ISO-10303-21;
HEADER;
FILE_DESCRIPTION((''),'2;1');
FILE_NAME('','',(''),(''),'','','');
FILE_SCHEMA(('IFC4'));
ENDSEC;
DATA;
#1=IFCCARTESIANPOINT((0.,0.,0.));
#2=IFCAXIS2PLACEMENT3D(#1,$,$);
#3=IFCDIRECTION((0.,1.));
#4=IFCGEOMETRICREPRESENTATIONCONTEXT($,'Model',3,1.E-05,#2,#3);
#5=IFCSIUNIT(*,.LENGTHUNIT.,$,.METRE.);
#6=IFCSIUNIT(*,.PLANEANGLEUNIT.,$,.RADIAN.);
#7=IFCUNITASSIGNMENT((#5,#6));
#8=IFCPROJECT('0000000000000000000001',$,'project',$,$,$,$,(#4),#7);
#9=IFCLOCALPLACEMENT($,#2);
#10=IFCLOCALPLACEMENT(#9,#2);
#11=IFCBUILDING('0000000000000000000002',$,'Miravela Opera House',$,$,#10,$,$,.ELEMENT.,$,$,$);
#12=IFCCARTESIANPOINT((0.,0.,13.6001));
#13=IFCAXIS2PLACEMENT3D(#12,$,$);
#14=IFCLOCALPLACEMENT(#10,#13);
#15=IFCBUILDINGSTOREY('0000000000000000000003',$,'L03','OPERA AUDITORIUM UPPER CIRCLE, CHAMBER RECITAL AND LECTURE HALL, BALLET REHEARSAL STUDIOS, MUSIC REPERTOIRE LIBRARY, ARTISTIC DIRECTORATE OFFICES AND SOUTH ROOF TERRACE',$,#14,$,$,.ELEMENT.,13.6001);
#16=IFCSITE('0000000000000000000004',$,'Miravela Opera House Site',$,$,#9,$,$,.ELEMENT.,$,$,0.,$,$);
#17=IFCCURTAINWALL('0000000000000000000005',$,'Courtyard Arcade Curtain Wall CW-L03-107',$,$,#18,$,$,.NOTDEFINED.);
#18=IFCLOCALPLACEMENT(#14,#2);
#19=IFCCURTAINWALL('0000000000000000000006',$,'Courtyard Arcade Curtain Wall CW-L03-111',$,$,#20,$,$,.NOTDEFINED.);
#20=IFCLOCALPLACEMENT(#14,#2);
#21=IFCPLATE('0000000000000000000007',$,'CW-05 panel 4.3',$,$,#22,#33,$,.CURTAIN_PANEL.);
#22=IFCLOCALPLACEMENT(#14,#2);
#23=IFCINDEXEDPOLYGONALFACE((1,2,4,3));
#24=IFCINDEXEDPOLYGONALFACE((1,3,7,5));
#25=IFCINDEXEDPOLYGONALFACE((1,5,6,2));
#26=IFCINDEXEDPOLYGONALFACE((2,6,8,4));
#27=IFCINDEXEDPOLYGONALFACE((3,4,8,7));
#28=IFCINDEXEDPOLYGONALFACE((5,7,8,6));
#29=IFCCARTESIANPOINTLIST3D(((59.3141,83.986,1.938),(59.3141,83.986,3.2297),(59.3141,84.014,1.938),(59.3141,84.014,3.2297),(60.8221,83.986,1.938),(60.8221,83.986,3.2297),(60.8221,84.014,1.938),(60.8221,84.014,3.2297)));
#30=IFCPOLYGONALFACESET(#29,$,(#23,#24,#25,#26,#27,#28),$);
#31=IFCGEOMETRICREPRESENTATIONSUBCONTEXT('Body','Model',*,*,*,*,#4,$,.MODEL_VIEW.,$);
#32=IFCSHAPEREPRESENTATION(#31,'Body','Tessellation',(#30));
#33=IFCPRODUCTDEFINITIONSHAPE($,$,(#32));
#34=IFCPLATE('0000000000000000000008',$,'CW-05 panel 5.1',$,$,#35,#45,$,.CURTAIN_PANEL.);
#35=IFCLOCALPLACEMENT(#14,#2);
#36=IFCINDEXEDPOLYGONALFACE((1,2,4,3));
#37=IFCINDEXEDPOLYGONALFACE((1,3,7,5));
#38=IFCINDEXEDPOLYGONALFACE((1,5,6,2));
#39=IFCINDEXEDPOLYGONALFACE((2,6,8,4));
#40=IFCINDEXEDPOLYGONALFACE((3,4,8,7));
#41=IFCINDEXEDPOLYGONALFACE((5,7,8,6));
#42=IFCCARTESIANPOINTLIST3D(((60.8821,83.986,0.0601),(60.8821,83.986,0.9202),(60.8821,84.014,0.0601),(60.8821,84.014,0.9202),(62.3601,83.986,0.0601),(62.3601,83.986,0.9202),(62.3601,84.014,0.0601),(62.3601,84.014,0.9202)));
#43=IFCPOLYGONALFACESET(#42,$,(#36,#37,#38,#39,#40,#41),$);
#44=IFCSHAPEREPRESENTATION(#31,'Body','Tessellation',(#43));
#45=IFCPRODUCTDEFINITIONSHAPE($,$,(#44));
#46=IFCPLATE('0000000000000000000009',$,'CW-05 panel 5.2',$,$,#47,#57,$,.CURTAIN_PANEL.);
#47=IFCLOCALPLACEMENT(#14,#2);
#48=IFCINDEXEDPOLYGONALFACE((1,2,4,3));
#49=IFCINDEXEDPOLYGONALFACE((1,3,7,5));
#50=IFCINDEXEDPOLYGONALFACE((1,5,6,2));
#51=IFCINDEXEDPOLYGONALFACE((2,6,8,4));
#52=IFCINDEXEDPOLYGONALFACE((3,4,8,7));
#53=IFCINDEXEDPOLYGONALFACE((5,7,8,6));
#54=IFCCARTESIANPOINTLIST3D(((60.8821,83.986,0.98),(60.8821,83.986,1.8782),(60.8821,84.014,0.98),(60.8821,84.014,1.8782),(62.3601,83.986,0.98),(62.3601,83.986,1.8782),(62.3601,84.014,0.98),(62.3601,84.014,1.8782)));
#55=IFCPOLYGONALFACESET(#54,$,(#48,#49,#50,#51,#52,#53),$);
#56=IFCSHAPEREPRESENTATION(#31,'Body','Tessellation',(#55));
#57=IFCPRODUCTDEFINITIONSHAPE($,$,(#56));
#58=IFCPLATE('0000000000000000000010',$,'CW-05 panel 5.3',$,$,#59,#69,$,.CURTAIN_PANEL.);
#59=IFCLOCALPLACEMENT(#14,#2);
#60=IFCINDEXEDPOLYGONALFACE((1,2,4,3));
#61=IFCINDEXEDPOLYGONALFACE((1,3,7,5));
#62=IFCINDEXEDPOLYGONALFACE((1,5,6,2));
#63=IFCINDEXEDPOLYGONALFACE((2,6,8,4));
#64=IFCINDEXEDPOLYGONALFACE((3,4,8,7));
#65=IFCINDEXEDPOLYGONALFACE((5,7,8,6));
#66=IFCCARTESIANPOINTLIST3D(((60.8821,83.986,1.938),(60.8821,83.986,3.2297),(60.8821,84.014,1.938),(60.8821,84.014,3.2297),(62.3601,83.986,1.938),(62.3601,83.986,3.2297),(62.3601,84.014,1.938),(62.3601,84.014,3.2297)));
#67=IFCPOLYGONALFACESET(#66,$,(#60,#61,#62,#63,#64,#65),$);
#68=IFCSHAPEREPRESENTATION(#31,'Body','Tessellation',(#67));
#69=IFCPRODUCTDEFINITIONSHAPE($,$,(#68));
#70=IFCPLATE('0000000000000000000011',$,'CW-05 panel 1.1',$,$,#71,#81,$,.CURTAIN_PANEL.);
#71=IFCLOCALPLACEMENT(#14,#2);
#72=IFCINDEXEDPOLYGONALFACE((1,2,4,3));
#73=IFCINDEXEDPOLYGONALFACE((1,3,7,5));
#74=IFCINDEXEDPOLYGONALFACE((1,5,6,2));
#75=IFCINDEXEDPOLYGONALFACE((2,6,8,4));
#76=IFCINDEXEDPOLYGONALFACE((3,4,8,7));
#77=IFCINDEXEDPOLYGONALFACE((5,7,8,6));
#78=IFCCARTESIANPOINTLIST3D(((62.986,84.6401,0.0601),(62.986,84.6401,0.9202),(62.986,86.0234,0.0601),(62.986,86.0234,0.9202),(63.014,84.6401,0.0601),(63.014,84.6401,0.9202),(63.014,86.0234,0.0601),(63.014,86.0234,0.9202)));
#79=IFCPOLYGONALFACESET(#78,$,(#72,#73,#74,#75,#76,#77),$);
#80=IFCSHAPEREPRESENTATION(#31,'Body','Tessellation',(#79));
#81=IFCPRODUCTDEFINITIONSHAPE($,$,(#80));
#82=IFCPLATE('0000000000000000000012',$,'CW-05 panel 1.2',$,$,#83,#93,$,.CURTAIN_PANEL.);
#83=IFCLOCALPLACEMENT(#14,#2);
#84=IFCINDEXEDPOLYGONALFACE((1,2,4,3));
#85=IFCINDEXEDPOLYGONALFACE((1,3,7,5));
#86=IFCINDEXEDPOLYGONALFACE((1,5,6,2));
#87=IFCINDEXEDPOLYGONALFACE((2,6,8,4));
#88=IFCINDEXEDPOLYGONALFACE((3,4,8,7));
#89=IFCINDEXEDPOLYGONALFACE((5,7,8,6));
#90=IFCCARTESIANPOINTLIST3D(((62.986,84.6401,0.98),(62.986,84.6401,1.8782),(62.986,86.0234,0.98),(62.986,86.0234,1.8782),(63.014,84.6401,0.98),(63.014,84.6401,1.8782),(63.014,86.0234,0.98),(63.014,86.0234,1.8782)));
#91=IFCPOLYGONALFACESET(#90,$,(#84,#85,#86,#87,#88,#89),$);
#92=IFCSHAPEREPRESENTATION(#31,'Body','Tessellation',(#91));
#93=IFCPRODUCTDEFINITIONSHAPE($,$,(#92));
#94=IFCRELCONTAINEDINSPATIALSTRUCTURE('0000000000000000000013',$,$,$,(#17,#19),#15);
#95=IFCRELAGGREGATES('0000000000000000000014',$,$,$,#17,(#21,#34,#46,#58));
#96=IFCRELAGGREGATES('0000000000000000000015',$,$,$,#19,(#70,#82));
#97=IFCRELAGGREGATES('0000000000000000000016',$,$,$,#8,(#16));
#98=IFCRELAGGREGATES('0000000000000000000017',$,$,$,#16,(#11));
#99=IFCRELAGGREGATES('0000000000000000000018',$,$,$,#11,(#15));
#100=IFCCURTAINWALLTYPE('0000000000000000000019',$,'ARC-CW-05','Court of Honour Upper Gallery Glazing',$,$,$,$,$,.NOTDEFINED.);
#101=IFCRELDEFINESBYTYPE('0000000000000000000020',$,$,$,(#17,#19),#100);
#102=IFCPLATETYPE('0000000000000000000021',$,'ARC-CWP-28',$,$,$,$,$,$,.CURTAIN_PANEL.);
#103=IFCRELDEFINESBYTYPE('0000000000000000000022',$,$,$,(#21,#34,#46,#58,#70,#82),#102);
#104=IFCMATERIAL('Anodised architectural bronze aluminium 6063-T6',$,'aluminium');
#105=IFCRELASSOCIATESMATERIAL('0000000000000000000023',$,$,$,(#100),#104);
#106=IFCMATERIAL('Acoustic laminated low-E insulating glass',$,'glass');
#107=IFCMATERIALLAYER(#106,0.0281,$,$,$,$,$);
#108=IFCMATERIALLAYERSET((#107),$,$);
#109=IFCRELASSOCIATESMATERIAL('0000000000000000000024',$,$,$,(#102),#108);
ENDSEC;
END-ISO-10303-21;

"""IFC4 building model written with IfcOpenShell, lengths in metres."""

from ifc_helpers import new_model, si_unit, direction, frame, origin, origin_2d, place, context, subcontext, project, spatial, rectangle, extrude, material, layer, layer_set, type_object, element, aggregate, save


model = new_model("IFC4")

# Units and contexts
model_context = context("Model", 3, precision=1e-05, world=origin(), true_north=direction((0.0, 1.0)))
body_context = subcontext(model_context, "Body", "Model", "MODEL_VIEW")
ifc_project = project(units=[si_unit("LENGTHUNIT", "METRE"), si_unit("PLANEANGLEUNIT", "RADIAN")], contexts=[model_context])

# Site, building, storey
site_placement = place(None, origin())
site = spatial("IfcSite", under=ifc_project, at=site_placement, Name="Miravela Opera House Site", CompositionType="ELEMENT", RefElevation=0.0)
building_placement = place(site_placement, origin())
building = spatial("IfcBuilding", under=site, at=building_placement, Name="Miravela Opera House", CompositionType="ELEMENT")
storey_placement = place(building_placement, frame((0.0, 0.0, 13.6001)))
storey = spatial("IfcBuildingStorey", under=building, at=storey_placement, Name="L03", Description="OPERA AUDITORIUM UPPER CIRCLE, CHAMBER RECITAL AND LECTURE HALL, BALLET REHEARSAL STUDIOS, MUSIC REPERTOIRE LIBRARY, ARTISTIC DIRECTORATE OFFICES AND SOUTH ROOF TERRACE", CompositionType="ELEMENT", Elevation=13.6001)

# Curtain wall
ifc_material_1 = material(Name="Anodised architectural bronze aluminium 6063-T6", Category="aluminium")
curtain_wall_type = type_object("IfcCurtainWallType", Name="ARC-CW-05", Description="Court of Honour Upper Gallery Glazing", PredefinedType="NOTDEFINED", material=ifc_material_1)
curtain_wall_1_placement = place(storey_placement, origin())
curtain_wall_1 = element("IfcCurtainWall", 1, at=curtain_wall_1_placement, inside=storey, type_object=curtain_wall_type, Name="Courtyard Arcade Curtain Wall CW-L03-107", PredefinedType="NOTDEFINED")

# Curtain wall
curtain_wall_2_placement = place(storey_placement, origin())
curtain_wall_2 = element("IfcCurtainWall", 2, at=curtain_wall_2_placement, inside=storey, type_object=curtain_wall_type, Name="Courtyard Arcade Curtain Wall CW-L03-111", PredefinedType="NOTDEFINED")

# Plates
ifc_material_2 = material(Name="Acoustic laminated low-E insulating glass", Category="glass")
ifc_layer = layer(ifc_material_2, 0.0281)
ifc_layer_set = layer_set([ifc_layer])
plate_type = type_object("IfcPlateType", Name="ARC-CWP-28", PredefinedType="CURTAIN_PANEL", material=ifc_layer_set)
plate_1_placement = place(storey_placement, frame((60.0681, 84.0, 1.938), z_axis=(0.0, 0.0, 1.0), x_axis=(1.0, 0.0, 0.0)))
plate_1 = element("IfcPlate", 3, at=plate_1_placement, type_object=plate_type, Name="CW-05 panel 4.3", PredefinedType="CURTAIN_PANEL", context=body_context, shape_type="SweptSolid", body=[
    extrude(rectangle(XDim=1.5081, YDim=0.0281, at=origin_2d()), origin(), (0.0, 0.0, 1.0), 1.2917),
])
plate_2_placement = place(storey_placement, frame((61.6211, 84.0, 0.0601), z_axis=(0.0, 0.0, 1.0), x_axis=(1.0, 0.0, 0.0)))
plate_2 = element("IfcPlate", 4, at=plate_2_placement, type_object=plate_type, Name="CW-05 panel 5.1", PredefinedType="CURTAIN_PANEL", context=body_context, shape_type="SweptSolid", body=[
    extrude(rectangle(XDim=1.478, YDim=0.0281, at=origin_2d()), origin(), (0.0, 0.0, 1.0), 0.8601),
])
plate_3_placement = place(storey_placement, frame((61.6211, 84.0, 0.98), z_axis=(0.0, 0.0, 1.0), x_axis=(1.0, 0.0, 0.0)))
plate_3 = element("IfcPlate", 5, at=plate_3_placement, type_object=plate_type, Name="CW-05 panel 5.2", PredefinedType="CURTAIN_PANEL", context=body_context, shape_type="SweptSolid", body=[
    extrude(rectangle(XDim=1.478, YDim=0.0281, at=origin_2d()), origin(), (0.0, 0.0, 1.0), 0.8982),
])
plate_4_placement = place(storey_placement, frame((61.6211, 84.0, 1.938), z_axis=(0.0, 0.0, 1.0), x_axis=(1.0, 0.0, 0.0)))
plate_4 = element("IfcPlate", 6, at=plate_4_placement, type_object=plate_type, Name="CW-05 panel 5.3", PredefinedType="CURTAIN_PANEL", context=body_context, shape_type="SweptSolid", body=[
    extrude(rectangle(XDim=1.478, YDim=0.0281, at=origin_2d()), origin(), (0.0, 0.0, 1.0), 1.2917),
])
aggregate(curtain_wall_1, [plate_1, plate_2, plate_3, plate_4])
plate_5_placement = place(storey_placement, frame((63.0, 85.3318, 0.0601), z_axis=(0.0, 0.0, 1.0), x_axis=(0.0, 1.0, 0.0)))
plate_5 = element("IfcPlate", 7, at=plate_5_placement, type_object=plate_type, Name="CW-05 panel 1.1", PredefinedType="CURTAIN_PANEL", context=body_context, shape_type="SweptSolid", body=[
    extrude(rectangle(XDim=1.3833, YDim=0.0281, at=origin_2d()), origin(), (0.0, 0.0, 1.0), 0.8601),
])
plate_6_placement = place(storey_placement, frame((63.0, 85.3318, 0.98), z_axis=(0.0, 0.0, 1.0), x_axis=(0.0, 1.0, 0.0)))
plate_6 = element("IfcPlate", 8, at=plate_6_placement, type_object=plate_type, Name="CW-05 panel 1.2", PredefinedType="CURTAIN_PANEL", context=body_context, shape_type="SweptSolid", body=[
    extrude(rectangle(XDim=1.3833, YDim=0.0281, at=origin_2d()), origin(), (0.0, 0.0, 1.0), 0.8982),
])
aggregate(curtain_wall_2, [plate_5, plate_6])

save(model, "model.ifc")
